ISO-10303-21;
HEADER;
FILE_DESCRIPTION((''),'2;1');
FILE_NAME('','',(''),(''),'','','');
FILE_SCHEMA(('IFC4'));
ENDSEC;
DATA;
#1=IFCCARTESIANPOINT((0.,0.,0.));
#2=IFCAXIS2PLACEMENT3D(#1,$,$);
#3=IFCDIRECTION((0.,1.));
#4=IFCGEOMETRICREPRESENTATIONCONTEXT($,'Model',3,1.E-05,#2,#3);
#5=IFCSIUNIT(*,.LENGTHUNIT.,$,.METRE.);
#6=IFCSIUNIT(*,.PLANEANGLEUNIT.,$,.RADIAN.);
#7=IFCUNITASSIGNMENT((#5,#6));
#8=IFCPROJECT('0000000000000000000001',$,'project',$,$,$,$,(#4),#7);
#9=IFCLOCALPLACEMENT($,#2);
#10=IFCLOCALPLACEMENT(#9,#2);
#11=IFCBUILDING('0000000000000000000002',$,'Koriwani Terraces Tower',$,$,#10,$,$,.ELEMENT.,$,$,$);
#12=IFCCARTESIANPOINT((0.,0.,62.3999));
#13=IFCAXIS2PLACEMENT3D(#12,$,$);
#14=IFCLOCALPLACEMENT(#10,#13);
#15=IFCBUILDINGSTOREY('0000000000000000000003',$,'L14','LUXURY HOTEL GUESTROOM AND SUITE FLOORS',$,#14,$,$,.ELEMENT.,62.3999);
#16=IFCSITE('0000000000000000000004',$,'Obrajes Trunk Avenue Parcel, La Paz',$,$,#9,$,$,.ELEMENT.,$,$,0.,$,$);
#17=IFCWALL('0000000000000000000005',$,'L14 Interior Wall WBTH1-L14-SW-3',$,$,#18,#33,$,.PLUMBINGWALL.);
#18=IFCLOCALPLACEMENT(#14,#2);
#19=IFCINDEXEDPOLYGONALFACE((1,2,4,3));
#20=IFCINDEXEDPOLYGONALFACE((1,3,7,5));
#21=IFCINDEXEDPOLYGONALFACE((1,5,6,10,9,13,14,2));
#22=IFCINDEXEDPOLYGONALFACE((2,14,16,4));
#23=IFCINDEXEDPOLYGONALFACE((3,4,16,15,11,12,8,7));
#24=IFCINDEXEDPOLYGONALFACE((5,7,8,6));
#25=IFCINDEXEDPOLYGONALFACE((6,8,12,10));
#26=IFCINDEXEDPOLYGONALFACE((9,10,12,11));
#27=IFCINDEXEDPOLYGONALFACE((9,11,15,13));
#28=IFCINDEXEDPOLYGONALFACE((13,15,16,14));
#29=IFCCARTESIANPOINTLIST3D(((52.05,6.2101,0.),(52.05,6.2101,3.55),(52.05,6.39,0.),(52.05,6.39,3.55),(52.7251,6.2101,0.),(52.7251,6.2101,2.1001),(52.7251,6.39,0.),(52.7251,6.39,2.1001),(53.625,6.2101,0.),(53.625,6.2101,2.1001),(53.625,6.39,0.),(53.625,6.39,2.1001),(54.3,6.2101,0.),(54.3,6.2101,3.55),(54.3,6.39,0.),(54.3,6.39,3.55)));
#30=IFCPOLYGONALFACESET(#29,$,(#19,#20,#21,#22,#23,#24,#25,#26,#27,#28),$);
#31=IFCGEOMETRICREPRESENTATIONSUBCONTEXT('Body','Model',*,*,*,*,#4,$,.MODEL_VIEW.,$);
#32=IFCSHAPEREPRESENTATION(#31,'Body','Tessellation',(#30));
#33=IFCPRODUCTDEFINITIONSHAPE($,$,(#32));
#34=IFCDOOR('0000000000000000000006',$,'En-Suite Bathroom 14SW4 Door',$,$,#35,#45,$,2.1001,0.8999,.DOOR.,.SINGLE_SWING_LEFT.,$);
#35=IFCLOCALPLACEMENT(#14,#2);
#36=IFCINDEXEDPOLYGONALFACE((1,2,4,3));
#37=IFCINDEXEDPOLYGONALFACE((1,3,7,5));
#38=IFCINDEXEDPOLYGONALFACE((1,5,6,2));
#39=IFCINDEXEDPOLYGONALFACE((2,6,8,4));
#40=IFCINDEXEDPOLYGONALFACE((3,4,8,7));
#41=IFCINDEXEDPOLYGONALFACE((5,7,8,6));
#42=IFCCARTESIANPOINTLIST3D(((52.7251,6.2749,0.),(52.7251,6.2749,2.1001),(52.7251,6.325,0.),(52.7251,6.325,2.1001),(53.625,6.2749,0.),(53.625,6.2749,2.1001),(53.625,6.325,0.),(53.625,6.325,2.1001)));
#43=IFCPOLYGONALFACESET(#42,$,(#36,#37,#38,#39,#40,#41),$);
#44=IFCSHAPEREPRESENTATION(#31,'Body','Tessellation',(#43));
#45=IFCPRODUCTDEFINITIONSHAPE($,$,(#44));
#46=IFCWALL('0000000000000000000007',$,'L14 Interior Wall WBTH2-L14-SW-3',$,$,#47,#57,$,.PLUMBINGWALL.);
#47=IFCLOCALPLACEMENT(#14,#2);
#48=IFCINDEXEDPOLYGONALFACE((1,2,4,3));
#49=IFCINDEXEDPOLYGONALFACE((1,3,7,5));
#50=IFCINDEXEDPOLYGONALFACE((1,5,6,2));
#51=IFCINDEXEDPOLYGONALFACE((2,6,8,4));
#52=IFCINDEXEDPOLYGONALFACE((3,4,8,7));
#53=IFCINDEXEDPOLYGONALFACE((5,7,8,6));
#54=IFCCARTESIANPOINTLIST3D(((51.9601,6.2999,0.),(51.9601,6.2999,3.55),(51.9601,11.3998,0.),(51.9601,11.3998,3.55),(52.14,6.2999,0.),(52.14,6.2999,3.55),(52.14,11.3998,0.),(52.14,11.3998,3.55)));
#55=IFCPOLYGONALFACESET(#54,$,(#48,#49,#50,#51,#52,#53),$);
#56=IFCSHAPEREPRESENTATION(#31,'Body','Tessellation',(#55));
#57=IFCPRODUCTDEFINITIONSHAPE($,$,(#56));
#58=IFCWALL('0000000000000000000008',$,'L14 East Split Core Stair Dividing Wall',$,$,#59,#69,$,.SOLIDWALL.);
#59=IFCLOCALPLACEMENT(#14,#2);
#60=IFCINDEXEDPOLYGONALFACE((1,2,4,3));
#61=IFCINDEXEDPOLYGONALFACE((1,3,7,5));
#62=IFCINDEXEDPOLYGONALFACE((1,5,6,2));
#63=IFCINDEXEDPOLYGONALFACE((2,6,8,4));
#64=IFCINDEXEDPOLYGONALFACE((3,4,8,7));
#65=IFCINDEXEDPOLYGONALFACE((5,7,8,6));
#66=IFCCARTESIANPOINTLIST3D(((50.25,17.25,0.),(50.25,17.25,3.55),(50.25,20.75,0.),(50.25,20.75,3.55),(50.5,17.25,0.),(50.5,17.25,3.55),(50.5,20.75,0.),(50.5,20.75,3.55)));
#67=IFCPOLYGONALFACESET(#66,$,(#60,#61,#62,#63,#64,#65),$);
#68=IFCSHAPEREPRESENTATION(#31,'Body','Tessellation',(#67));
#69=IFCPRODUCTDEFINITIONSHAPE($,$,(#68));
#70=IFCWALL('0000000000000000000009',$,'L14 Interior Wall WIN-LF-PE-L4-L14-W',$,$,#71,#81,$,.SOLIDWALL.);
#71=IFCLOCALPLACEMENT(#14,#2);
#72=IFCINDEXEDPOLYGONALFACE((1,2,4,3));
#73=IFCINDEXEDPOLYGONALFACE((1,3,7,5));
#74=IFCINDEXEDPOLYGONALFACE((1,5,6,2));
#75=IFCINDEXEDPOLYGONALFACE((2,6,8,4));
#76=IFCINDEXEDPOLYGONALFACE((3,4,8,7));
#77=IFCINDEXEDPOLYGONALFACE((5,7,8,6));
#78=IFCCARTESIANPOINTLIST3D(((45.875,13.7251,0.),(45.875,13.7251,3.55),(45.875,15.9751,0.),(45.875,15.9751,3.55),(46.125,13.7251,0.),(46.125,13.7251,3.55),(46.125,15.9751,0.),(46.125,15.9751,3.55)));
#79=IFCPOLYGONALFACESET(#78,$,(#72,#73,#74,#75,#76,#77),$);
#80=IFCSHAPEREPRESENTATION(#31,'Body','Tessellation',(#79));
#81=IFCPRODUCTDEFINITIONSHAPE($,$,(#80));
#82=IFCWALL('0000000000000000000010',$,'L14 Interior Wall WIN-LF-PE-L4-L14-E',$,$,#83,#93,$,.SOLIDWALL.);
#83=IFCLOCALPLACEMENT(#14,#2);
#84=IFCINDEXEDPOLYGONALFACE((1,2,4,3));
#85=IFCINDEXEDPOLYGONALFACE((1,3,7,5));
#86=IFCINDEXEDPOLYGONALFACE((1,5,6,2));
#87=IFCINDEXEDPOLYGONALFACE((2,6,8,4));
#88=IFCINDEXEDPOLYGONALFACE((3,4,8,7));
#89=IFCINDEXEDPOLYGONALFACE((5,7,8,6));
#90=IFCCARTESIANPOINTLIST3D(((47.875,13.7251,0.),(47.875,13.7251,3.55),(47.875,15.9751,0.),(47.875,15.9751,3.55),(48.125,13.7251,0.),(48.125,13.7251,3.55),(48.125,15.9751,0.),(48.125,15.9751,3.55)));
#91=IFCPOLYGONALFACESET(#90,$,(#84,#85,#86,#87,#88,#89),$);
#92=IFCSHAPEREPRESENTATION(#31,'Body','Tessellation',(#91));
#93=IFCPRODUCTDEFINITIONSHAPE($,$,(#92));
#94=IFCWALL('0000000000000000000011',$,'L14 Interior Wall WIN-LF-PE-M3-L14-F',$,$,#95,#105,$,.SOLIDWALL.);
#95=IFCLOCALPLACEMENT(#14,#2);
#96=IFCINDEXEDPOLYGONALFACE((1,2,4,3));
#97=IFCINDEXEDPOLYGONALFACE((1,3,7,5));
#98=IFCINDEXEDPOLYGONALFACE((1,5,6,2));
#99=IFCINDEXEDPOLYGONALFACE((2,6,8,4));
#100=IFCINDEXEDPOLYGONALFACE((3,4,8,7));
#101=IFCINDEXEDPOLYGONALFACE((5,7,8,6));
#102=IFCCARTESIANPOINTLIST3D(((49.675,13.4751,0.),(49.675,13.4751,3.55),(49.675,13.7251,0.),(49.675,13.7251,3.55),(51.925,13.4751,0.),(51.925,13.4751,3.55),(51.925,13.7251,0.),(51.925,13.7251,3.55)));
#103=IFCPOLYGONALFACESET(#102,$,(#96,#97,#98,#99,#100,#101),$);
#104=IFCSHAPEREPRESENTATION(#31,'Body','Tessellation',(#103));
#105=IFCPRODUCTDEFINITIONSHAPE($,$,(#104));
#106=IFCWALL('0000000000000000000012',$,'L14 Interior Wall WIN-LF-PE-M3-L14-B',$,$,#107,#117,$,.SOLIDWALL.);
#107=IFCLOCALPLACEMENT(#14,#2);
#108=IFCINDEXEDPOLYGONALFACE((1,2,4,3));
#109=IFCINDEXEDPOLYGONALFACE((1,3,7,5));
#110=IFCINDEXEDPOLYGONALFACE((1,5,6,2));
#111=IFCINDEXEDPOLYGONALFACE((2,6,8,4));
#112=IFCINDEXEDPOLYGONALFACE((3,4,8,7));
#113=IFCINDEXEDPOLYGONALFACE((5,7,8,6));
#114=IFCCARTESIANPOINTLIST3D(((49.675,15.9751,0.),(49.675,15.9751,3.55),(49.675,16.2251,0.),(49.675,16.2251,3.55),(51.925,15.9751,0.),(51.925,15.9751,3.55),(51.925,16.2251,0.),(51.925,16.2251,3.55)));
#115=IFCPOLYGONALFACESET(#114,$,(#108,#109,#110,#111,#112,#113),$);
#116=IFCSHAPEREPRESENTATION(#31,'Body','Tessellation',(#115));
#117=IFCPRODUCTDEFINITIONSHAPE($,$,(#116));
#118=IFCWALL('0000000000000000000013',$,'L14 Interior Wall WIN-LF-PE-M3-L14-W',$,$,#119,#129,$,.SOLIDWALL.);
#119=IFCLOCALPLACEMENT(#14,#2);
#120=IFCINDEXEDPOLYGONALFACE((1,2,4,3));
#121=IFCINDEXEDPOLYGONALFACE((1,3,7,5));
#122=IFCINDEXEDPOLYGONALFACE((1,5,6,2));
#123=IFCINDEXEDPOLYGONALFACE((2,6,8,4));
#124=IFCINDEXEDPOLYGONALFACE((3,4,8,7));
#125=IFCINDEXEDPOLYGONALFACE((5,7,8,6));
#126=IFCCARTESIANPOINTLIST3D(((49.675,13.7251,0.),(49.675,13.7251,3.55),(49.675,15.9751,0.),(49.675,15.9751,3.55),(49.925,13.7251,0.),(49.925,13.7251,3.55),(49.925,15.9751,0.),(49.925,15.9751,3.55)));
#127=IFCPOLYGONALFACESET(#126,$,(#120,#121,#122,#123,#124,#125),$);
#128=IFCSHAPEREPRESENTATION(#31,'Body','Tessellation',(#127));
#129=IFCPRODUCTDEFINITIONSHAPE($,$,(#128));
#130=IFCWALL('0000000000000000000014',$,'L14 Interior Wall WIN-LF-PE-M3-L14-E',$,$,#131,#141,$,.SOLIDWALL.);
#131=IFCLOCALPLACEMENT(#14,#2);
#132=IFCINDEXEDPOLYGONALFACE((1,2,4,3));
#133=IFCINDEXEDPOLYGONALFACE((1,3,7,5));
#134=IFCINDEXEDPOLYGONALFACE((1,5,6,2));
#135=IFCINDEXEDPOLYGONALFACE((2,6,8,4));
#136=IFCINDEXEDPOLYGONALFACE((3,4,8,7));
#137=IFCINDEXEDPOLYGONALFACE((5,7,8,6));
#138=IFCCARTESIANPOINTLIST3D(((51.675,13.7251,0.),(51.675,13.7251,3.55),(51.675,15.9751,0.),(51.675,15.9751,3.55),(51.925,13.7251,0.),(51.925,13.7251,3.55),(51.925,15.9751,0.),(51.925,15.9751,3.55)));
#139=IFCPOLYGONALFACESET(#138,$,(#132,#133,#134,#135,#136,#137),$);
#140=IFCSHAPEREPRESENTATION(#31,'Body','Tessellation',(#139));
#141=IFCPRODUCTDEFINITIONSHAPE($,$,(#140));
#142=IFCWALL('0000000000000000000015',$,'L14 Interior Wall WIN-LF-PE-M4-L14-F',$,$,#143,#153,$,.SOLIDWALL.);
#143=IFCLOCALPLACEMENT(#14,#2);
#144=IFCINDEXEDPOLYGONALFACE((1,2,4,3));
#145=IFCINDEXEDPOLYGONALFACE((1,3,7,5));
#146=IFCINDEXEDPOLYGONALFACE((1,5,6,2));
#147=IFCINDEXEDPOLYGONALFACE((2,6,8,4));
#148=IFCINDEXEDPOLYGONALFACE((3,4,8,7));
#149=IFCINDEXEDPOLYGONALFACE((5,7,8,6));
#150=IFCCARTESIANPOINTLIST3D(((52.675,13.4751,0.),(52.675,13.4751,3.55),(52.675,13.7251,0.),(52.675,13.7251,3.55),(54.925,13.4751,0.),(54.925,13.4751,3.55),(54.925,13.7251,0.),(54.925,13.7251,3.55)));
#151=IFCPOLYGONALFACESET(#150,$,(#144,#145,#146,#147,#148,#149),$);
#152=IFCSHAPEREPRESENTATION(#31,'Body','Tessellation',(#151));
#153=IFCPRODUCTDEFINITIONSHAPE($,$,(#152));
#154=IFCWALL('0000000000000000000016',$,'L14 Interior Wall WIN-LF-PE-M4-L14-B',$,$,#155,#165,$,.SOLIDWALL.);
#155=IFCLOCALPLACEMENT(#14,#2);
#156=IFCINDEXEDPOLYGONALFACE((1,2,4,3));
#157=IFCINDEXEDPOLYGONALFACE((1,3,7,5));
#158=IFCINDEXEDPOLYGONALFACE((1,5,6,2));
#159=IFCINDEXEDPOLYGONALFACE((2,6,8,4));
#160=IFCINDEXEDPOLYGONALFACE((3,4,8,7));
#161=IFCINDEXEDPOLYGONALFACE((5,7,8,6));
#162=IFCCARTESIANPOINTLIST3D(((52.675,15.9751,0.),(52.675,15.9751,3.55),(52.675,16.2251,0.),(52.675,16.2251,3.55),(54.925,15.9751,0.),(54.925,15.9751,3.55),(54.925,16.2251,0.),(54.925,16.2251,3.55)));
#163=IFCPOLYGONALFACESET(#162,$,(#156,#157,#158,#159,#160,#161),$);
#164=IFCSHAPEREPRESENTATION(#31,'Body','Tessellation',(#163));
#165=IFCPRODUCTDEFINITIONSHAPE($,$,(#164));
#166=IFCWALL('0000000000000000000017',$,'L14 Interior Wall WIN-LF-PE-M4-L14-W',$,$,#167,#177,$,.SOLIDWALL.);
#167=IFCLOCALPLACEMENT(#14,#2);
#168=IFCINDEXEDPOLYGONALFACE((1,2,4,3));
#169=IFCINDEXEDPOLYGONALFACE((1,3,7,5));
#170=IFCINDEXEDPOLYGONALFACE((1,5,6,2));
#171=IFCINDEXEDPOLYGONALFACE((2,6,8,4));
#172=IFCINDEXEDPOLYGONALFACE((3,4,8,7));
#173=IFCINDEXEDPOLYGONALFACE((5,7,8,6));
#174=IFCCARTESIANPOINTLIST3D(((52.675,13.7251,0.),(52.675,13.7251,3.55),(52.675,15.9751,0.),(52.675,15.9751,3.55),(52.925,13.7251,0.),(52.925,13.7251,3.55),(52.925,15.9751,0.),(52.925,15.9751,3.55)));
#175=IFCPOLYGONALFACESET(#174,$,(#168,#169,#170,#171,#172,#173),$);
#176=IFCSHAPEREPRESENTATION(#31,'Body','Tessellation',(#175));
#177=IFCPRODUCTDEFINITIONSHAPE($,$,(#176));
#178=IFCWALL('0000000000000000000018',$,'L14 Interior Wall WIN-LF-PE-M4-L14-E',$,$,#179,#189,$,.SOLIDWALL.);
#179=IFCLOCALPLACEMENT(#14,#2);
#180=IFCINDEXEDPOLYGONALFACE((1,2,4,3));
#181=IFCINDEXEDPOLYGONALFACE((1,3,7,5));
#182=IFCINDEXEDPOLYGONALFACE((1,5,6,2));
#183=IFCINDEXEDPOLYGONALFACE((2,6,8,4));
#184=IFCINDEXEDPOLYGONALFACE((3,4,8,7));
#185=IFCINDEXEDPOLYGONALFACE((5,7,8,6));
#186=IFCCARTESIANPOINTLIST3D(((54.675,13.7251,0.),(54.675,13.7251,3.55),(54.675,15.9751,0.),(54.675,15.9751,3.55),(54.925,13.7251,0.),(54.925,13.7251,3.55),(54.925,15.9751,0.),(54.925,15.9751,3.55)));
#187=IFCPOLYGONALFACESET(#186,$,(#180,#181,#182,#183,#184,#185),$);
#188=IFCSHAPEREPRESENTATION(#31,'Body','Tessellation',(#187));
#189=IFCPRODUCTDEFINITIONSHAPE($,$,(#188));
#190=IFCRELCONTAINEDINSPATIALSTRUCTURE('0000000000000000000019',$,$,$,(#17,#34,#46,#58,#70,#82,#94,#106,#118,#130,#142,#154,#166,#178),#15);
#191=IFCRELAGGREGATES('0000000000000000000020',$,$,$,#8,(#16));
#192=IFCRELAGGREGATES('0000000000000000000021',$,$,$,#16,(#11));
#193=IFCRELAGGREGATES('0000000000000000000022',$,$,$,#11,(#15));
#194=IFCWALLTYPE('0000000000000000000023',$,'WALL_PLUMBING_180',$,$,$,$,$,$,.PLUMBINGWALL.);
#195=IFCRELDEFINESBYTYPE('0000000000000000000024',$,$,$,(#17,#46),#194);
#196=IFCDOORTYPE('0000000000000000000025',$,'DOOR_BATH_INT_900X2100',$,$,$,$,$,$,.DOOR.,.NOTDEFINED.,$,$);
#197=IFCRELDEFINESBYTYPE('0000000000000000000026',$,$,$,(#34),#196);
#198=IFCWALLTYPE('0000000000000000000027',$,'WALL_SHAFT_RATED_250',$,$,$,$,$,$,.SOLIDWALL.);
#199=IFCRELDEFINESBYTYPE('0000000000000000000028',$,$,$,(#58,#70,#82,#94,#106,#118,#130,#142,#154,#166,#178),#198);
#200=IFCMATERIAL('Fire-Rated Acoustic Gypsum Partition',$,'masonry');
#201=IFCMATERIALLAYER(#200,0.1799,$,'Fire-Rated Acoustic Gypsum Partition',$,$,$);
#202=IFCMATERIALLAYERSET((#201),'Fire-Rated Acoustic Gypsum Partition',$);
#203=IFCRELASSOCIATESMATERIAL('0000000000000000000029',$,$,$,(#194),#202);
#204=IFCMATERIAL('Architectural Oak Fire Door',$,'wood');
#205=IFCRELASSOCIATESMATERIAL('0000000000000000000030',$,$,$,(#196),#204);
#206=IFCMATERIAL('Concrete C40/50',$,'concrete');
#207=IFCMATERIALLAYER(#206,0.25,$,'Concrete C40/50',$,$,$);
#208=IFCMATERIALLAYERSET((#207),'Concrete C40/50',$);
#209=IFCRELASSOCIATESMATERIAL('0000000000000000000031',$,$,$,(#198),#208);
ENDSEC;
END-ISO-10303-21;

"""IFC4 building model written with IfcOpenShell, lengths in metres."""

from ifc_helpers import new_model, si_unit, direction, frame, frame_2d, origin, place, context, subcontext, project, spatial, rectangle, extrude, material, layer, layer_set, type_object, element, fill, save


model = new_model("IFC4")

# Units and contexts
model_context = context("Model", 3, precision=1e-05, world=origin(), true_north=direction((0.0, 1.0)))
body_context = subcontext(model_context, "Body", "Model", "MODEL_VIEW")
ifc_project = project(units=[si_unit("LENGTHUNIT", "METRE"), si_unit("PLANEANGLEUNIT", "RADIAN")], contexts=[model_context])

# Site, building, storey
site_placement = place(None, origin())
site = spatial("IfcSite", under=ifc_project, at=site_placement, Name="Obrajes Trunk Avenue Parcel, La Paz", CompositionType="ELEMENT", RefElevation=0.0)
building_placement = place(site_placement, origin())
building = spatial("IfcBuilding", under=site, at=building_placement, Name="Koriwani Terraces Tower", CompositionType="ELEMENT")
storey_placement = place(building_placement, frame((0.0, 0.0, 62.3999)))
storey = spatial("IfcBuildingStorey", under=building, at=storey_placement, Name="L14", Description="LUXURY HOTEL GUESTROOM AND SUITE FLOORS", CompositionType="ELEMENT", Elevation=62.3999)

# Shared definitions
ifc_material_1 = material(Name="Concrete C40/50", Category="concrete")

# Wall, opening, door
ifc_material_2 = material(Name="Fire-Rated Acoustic Gypsum Partition", Category="masonry")
ifc_layer_1 = layer(ifc_material_2, 0.1799, Name="Fire-Rated Acoustic Gypsum Partition")
ifc_layer_set_1 = layer_set([ifc_layer_1], Name="Fire-Rated Acoustic Gypsum Partition")
wall_type_1 = type_object("IfcWallType", Name="WALL_PLUMBING_180", PredefinedType="PLUMBINGWALL", material=ifc_layer_set_1)
wall_1_placement = place(storey_placement, frame((52.05, 6.3, 0.0), z_axis=(0.0, 0.0, 1.0), x_axis=(1.0, 0.0, 0.0)))
wall_1 = element("IfcWall", 1, at=wall_1_placement, inside=storey, type_object=wall_type_1, Name="L14 Interior Wall WBTH1-L14-SW-3", PredefinedType="PLUMBINGWALL", context=body_context, shape_type="SweptSolid", body=[
    extrude(rectangle(XDim=2.25, YDim=0.1799, at=frame_2d((1.125, 0.0))), origin(), (0.0, 0.0, 1.0), 3.55),
])
opening_1_placement = place(wall_1_placement, frame((0.675, 0.0, 0.0)))
opening_1 = element("IfcOpeningElement", 2, at=opening_1_placement, cuts=wall_1, PredefinedType="OPENING", context=body_context, shape_type="SweptSolid", body=[
    extrude(rectangle(XDim=0.8999, YDim=2.1001, at=frame_2d((0.45, 1.05))), frame((0.0, 0.1001, 0.0), z_axis=(0.0, -1.0, 0.0), x_axis=(1.0, 0.0, 0.0)), (0.0, 0.0, 1.0), 0.2),
])
ifc_material_3 = material(Name="Architectural Oak Fire Door", Category="wood")
door_type_1 = type_object("IfcDoorType", Name="DOOR_BATH_INT_900X2100", OperationType="NOTDEFINED", PredefinedType="DOOR", material=ifc_material_3)
door_1_placement = place(opening_1_placement, origin())
door_1 = element("IfcDoor", 3, at=door_1_placement, inside=storey, type_object=door_type_1, Name="En-Suite Bathroom 14SW4 Door", OperationType="SINGLE_SWING_LEFT", OverallHeight=2.1001, OverallWidth=0.8999, PredefinedType="DOOR", context=body_context, shape_type="SweptSolid", body=[
    extrude(rectangle(XDim=0.8999, YDim=2.1001, at=frame_2d((0.45, 1.05))), frame((0.0, 0.0249, 0.0), z_axis=(0.0, -1.0, 0.0), x_axis=(1.0, 0.0, 0.0)), (0.0, 0.0, 1.0), 0.05),
])
fill(opening_1, door_1)

# Walls
wall_2_placement = place(storey_placement, frame((52.05, 6.3, 0.0), z_axis=(0.0, 0.0, 1.0), x_axis=(0.0, 1.0, 0.0)))
element("IfcWall", 4, at=wall_2_placement, inside=storey, type_object=wall_type_1, Name="L14 Interior Wall WBTH2-L14-SW-3", PredefinedType="PLUMBINGWALL", context=body_context, shape_type="SweptSolid", body=[
    extrude(rectangle(XDim=5.0999, YDim=0.1799, at=frame_2d((2.5498, 0.0))), origin(), (0.0, 0.0, 1.0), 3.55),
])
ifc_layer_2 = layer(ifc_material_1, 0.25, Name="Concrete C40/50")
ifc_layer_set_2 = layer_set([ifc_layer_2], Name="Concrete C40/50")
wall_type_2 = type_object("IfcWallType", Name="WALL_SHAFT_RATED_250", PredefinedType="SOLIDWALL", material=ifc_layer_set_2)
wall_3_placement = place(storey_placement, frame((50.375, 17.25, 0.0), z_axis=(0.0, 0.0, 1.0), x_axis=(0.0, 1.0, 0.0)))
element("IfcWall", 5, at=wall_3_placement, inside=storey, type_object=wall_type_2, Name="L14 East Split Core Stair Dividing Wall", PredefinedType="SOLIDWALL", context=body_context, shape_type="SweptSolid", body=[
    extrude(rectangle(XDim=3.5, YDim=0.25, at=frame_2d((1.75, 0.0))), origin(), (0.0, 0.0, 1.0), 3.55),
])

# Walls
for number, where, z_axis, x_axis, name in (
    (6, (46.0, 13.7251, 0.0), (0.0, 0.0, 1.0), (0.0, 1.0, 0.0), "L14 Interior Wall WIN-LF-PE-L4-L14-W"),
    (7, (48.0, 13.7251, 0.0), (0.0, 0.0, 1.0), (0.0, 1.0, 0.0), "L14 Interior Wall WIN-LF-PE-L4-L14-E"),
    (8, (49.675, 13.6001, 0.0), (0.0, 0.0, 1.0), (1.0, 0.0, 0.0), "L14 Interior Wall WIN-LF-PE-M3-L14-F"),
    (9, (49.675, 16.1001, 0.0), (0.0, 0.0, 1.0), (1.0, 0.0, 0.0), "L14 Interior Wall WIN-LF-PE-M3-L14-B"),
    (10, (49.8, 13.7251, 0.0), (0.0, 0.0, 1.0), (0.0, 1.0, 0.0), "L14 Interior Wall WIN-LF-PE-M3-L14-W"),
    (11, (51.8, 13.7251, 0.0), (0.0, 0.0, 1.0), (0.0, 1.0, 0.0), "L14 Interior Wall WIN-LF-PE-M3-L14-E"),
    (12, (52.675, 13.6001, 0.0), (0.0, 0.0, 1.0), (1.0, 0.0, 0.0), "L14 Interior Wall WIN-LF-PE-M4-L14-F"),
    (13, (52.675, 16.1001, 0.0), (0.0, 0.0, 1.0), (1.0, 0.0, 0.0), "L14 Interior Wall WIN-LF-PE-M4-L14-B"),
    (14, (52.8, 13.7251, 0.0), (0.0, 0.0, 1.0), (0.0, 1.0, 0.0), "L14 Interior Wall WIN-LF-PE-M4-L14-W"),
    (15, (54.8, 13.7251, 0.0), (0.0, 0.0, 1.0), (0.0, 1.0, 0.0), "L14 Interior Wall WIN-LF-PE-M4-L14-E"),
):
    element("IfcWall", number, at=place(storey_placement, frame(where, z_axis=z_axis, x_axis=x_axis)), inside=storey, type_object=wall_type_2, Name=name, PredefinedType="SOLIDWALL", context=body_context, shape_type="SweptSolid", body=[
        extrude(rectangle(XDim=2.25, YDim=0.25, at=frame_2d((1.125, 0.0))), origin(), (0.0, 0.0, 1.0), 3.55),
    ])

save(model, "model.ifc")
